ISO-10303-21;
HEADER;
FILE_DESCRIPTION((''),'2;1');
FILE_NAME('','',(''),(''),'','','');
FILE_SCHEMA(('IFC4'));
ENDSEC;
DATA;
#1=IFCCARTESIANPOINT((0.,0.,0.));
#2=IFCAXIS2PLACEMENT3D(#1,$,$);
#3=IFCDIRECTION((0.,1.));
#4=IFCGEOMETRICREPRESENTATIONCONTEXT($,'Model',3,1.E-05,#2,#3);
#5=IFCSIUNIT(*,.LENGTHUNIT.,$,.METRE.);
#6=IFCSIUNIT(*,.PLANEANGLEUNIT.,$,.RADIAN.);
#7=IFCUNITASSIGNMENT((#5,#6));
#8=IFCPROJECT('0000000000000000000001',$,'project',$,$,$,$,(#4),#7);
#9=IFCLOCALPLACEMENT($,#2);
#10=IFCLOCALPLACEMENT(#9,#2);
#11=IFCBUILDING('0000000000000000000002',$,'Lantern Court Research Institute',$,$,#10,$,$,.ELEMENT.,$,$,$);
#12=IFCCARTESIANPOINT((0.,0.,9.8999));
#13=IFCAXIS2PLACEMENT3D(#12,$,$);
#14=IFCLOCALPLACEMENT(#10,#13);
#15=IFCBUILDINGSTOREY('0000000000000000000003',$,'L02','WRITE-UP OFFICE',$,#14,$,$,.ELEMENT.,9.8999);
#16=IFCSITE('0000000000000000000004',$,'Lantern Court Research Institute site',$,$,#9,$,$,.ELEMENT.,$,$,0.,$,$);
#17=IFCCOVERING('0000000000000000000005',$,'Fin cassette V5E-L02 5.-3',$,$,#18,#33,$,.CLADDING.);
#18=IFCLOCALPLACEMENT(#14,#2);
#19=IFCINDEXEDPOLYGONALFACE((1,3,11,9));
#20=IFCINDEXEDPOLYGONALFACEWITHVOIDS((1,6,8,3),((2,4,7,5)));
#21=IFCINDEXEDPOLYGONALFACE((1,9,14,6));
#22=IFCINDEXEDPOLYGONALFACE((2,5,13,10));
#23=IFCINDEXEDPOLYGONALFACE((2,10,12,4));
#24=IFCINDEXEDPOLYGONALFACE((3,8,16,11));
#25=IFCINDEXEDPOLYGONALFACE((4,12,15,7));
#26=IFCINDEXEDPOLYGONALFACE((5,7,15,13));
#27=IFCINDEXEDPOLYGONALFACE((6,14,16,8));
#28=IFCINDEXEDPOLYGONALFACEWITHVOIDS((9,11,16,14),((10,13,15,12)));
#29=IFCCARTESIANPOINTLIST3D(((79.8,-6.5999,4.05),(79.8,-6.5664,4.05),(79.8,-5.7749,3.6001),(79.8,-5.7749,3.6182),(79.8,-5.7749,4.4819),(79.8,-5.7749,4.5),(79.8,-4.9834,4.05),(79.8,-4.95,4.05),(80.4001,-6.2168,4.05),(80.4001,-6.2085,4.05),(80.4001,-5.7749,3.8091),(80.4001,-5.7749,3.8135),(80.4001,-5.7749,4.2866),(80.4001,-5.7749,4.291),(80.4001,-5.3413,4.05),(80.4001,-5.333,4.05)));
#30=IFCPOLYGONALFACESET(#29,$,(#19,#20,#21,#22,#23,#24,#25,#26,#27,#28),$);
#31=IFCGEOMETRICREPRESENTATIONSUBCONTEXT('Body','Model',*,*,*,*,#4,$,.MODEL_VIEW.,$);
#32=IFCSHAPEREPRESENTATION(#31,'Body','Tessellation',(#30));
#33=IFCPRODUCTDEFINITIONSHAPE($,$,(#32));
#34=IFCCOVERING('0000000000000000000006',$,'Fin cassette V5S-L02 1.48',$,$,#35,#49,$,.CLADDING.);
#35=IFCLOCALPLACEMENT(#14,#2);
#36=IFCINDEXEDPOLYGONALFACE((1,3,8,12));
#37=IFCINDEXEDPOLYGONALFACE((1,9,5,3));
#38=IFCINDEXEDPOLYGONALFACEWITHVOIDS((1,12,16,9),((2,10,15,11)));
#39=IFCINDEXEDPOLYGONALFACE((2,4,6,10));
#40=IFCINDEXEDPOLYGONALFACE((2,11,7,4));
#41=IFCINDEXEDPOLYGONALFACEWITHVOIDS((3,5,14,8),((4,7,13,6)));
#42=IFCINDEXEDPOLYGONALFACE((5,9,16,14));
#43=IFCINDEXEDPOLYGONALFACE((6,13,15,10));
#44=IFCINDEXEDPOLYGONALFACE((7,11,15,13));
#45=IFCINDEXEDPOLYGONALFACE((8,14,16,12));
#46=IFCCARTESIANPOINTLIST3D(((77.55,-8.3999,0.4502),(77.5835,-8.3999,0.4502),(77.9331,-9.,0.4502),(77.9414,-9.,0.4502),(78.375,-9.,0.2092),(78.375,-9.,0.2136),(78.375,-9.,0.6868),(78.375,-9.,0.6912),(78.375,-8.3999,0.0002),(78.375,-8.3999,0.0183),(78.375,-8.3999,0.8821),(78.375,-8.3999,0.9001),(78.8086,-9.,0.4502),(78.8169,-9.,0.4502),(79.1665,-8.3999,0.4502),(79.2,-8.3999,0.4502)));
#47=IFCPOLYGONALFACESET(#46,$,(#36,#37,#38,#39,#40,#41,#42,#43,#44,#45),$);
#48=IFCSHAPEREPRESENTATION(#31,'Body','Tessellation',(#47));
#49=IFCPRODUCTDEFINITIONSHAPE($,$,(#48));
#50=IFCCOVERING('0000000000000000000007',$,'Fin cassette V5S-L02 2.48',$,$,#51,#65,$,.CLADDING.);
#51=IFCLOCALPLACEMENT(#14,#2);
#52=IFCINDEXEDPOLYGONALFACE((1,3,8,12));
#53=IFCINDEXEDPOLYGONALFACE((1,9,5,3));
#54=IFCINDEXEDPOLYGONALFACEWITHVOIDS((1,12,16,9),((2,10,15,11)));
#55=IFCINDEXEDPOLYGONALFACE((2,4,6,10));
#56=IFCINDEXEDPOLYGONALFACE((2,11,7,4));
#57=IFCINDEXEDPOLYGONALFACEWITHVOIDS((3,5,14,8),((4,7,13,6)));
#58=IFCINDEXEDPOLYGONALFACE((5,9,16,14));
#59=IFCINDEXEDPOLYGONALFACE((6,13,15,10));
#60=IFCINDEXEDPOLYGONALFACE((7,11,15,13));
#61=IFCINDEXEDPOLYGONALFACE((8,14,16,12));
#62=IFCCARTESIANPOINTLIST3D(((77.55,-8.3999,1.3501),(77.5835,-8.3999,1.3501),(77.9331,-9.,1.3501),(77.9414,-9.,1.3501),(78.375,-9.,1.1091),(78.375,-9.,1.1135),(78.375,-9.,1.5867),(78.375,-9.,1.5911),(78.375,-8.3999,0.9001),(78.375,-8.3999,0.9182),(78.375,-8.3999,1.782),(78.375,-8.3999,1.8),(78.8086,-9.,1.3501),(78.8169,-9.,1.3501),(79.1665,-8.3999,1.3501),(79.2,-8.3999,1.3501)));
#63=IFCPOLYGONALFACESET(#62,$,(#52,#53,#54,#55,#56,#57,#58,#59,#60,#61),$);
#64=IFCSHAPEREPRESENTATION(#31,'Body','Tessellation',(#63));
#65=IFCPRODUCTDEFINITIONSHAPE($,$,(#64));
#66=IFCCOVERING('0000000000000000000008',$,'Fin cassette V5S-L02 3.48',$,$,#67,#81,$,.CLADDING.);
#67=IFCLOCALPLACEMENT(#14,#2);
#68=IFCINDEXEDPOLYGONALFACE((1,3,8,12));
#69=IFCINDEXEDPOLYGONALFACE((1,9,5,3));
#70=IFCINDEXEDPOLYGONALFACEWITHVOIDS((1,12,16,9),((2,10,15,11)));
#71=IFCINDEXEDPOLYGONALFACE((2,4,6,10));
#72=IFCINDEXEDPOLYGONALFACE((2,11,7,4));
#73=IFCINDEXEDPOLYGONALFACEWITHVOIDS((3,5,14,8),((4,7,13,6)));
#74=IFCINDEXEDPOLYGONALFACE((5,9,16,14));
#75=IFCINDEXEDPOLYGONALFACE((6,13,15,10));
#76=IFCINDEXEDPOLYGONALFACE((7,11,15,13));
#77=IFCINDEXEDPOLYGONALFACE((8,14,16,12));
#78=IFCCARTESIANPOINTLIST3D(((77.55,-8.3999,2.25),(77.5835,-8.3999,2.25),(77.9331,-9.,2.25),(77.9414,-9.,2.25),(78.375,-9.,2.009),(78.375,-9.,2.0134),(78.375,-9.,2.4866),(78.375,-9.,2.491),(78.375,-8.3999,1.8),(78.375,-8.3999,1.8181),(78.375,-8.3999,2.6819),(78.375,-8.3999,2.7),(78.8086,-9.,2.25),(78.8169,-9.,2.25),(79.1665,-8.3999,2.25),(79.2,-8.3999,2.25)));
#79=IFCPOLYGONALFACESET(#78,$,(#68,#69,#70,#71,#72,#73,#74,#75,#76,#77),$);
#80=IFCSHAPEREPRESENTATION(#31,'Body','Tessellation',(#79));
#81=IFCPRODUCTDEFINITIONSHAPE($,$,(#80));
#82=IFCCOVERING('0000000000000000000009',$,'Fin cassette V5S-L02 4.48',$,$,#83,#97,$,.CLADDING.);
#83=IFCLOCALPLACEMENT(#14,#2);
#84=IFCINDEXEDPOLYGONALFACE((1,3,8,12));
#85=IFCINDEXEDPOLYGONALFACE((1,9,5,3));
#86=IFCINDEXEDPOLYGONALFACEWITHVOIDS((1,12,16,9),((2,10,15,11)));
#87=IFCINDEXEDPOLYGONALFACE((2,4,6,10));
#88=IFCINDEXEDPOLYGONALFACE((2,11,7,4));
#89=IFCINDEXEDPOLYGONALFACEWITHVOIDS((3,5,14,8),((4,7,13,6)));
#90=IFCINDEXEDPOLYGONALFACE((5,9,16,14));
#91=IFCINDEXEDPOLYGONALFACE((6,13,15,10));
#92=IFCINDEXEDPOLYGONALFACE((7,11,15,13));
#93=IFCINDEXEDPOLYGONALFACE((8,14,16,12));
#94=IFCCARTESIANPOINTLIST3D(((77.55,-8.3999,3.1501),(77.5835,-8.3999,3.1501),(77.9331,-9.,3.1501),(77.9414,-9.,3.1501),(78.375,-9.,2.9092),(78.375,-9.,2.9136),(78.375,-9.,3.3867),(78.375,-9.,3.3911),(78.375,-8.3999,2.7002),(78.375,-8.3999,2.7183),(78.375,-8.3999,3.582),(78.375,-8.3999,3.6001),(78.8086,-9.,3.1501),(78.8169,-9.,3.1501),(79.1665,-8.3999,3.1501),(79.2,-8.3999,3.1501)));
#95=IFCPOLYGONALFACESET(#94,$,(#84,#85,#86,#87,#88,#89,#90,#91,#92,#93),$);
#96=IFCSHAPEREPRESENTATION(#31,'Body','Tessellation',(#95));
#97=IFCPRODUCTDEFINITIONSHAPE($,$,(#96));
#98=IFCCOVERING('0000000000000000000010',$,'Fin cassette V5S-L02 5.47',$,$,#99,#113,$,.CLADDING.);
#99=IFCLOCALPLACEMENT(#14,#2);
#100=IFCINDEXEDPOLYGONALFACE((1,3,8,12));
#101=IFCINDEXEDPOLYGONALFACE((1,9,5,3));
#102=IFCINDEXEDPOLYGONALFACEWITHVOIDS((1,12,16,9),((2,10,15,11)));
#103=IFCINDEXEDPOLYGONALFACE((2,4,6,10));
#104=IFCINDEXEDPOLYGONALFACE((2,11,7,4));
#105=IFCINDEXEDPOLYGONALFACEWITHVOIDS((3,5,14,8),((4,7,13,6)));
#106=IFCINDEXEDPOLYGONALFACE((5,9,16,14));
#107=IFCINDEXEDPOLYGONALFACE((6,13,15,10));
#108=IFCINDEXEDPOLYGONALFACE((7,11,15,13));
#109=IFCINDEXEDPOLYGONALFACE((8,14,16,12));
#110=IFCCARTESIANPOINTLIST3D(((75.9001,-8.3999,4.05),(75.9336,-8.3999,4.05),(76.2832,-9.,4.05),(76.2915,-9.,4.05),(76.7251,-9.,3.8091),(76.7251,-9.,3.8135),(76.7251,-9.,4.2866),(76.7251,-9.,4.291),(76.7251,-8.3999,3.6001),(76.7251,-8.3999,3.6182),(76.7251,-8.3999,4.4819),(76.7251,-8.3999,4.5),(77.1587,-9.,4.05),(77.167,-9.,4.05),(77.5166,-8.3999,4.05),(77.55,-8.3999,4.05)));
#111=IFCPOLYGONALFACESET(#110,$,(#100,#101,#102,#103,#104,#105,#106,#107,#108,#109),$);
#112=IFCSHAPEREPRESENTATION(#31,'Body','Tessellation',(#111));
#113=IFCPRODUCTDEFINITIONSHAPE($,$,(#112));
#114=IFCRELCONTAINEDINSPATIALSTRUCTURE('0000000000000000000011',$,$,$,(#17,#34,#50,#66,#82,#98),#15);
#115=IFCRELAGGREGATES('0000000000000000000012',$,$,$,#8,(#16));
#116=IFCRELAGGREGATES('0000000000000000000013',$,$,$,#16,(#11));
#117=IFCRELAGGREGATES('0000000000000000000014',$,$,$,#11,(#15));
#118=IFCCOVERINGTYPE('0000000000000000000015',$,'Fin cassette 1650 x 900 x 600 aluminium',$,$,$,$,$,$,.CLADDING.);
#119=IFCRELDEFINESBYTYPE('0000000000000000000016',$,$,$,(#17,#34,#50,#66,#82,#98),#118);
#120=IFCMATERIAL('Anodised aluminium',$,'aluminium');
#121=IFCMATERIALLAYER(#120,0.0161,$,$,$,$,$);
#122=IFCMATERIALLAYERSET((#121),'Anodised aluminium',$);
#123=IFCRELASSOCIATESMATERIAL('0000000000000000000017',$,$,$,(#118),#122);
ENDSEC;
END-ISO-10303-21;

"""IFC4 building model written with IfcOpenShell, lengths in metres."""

from ifc_helpers import new_model, entity, si_unit, direction, frame, origin, place, context, subcontext, project, spatial, material, layer, layer_set, type_object, element, save


model = new_model("IFC4")

# Units and contexts
model_context = context("Model", 3, precision=1e-05, world=origin(), true_north=direction((0.0, 1.0)))
body_context = subcontext(model_context, "Body", "Model", "MODEL_VIEW")
ifc_project = project(units=[si_unit("LENGTHUNIT", "METRE"), si_unit("PLANEANGLEUNIT", "RADIAN")], contexts=[model_context])

# Site, building, storey
site_placement = place(None, origin())
site = spatial("IfcSite", under=ifc_project, at=site_placement, Name="Lantern Court Research Institute site", CompositionType="ELEMENT", RefElevation=0.0)
building_placement = place(site_placement, origin())
building = spatial("IfcBuilding", under=site, at=building_placement, Name="Lantern Court Research Institute", CompositionType="ELEMENT")
storey_placement = place(building_placement, frame((0.0, 0.0, 9.8999)))
storey = spatial("IfcBuildingStorey", under=building, at=storey_placement, Name="L02", Description="WRITE-UP OFFICE", CompositionType="ELEMENT", Elevation=9.8999)

# Coverings
ifc_material_1 = material(Name="Anodised aluminium", Category="aluminium")
ifc_layer_1 = layer(ifc_material_1, 0.0161)
ifc_layer_set_1 = layer_set([ifc_layer_1], Name="Anodised aluminium")
covering_type = type_object("IfcCoveringType", Name="Fin cassette 1650 x 900 x 600 aluminium", PredefinedType="CLADDING", material=ifc_layer_set_1)
covering_1_placement = place(storey_placement, frame((79.8, -5.7749, 4.05), z_axis=(1.0, 0.0, 0.0), x_axis=(0.0, 1.0, 0.0)))
cartesian_point_1 = entity("IfcCartesianPoint", [0.825, 0.0])
cartesian_point_2 = entity("IfcCartesianPoint", [0.7915, 0.0])
cartesian_point_3 = entity("IfcCartesianPoint", [0.4419, 0.0])
cartesian_point_4 = entity("IfcCartesianPoint", [0.4336, 0.0])
element("IfcCovering", 1, at=covering_1_placement, inside=storey, type_object=covering_type, Name="Fin cassette V5E-L02 5.-3", PredefinedType="CLADDING", context=body_context, shape_type="SweptSolid", body=[
    entity("IfcExtrudedAreaSolidTapered", entity("IfcArbitraryProfileDefWithVoids", "AREA", None, entity("IfcPolyline", [cartesian_point_1, entity("IfcCartesianPoint", [0.0, 0.45]), entity("IfcCartesianPoint", [-0.825, 0.0]), entity("IfcCartesianPoint", [0.0, -0.45]), cartesian_point_1]), [entity("IfcPolyline", [cartesian_point_2, entity("IfcCartesianPoint", [0.0, 0.4319]), entity("IfcCartesianPoint", [-0.7915, 0.0]), entity("IfcCartesianPoint", [0.0, -0.4319]), cartesian_point_2])]), entity("IfcAxis2Placement3D", entity("IfcCartesianPoint", [0.0, 0.0, 0.0])), entity("IfcDirection", [0.0, 0.0, 1.0]), 0.6001, entity("IfcArbitraryProfileDefWithVoids", "AREA", None, entity("IfcPolyline", [cartesian_point_3, entity("IfcCartesianPoint", [0.0, 0.241]), entity("IfcCartesianPoint", [-0.4419, 0.0]), entity("IfcCartesianPoint", [0.0, -0.241]), cartesian_point_3]), [entity("IfcPolyline", [cartesian_point_4, entity("IfcCartesianPoint", [0.0, 0.2366]), entity("IfcCartesianPoint", [-0.4336, 0.0]), entity("IfcCartesianPoint", [0.0, -0.2366]), cartesian_point_4])])),
])
covering_2_placement = place(storey_placement, frame((78.375, -8.3999, 0.4502), z_axis=(0.0, -1.0, 0.0), x_axis=(1.0, 0.0, 0.0)))
cartesian_point_5 = entity("IfcCartesianPoint", [0.825, 0.0])
cartesian_point_6 = entity("IfcCartesianPoint", [0.7915, 0.0])
cartesian_point_7 = entity("IfcCartesianPoint", [0.4419, 0.0])
cartesian_point_8 = entity("IfcCartesianPoint", [0.4336, 0.0])
element("IfcCovering", 2, at=covering_2_placement, inside=storey, type_object=covering_type, Name="Fin cassette V5S-L02 1.48", PredefinedType="CLADDING", context=body_context, shape_type="SweptSolid", body=[
    entity("IfcExtrudedAreaSolidTapered", entity("IfcArbitraryProfileDefWithVoids", "AREA", None, entity("IfcPolyline", [cartesian_point_5, entity("IfcCartesianPoint", [0.0, 0.45]), entity("IfcCartesianPoint", [-0.825, 0.0]), entity("IfcCartesianPoint", [0.0, -0.45]), cartesian_point_5]), [entity("IfcPolyline", [cartesian_point_6, entity("IfcCartesianPoint", [0.0, 0.4319]), entity("IfcCartesianPoint", [-0.7915, 0.0]), entity("IfcCartesianPoint", [0.0, -0.4319]), cartesian_point_6])]), entity("IfcAxis2Placement3D", entity("IfcCartesianPoint", [0.0, 0.0, 0.0])), entity("IfcDirection", [0.0, 0.0, 1.0]), 0.6001, entity("IfcArbitraryProfileDefWithVoids", "AREA", None, entity("IfcPolyline", [cartesian_point_7, entity("IfcCartesianPoint", [0.0, 0.241]), entity("IfcCartesianPoint", [-0.4419, 0.0]), entity("IfcCartesianPoint", [0.0, -0.241]), cartesian_point_7]), [entity("IfcPolyline", [cartesian_point_8, entity("IfcCartesianPoint", [0.0, 0.2366]), entity("IfcCartesianPoint", [-0.4336, 0.0]), entity("IfcCartesianPoint", [0.0, -0.2366]), cartesian_point_8])])),
])
covering_3_placement = place(storey_placement, frame((78.375, -8.3999, 1.3501), z_axis=(0.0, -1.0, 0.0), x_axis=(1.0, 0.0, 0.0)))
cartesian_point_9 = entity("IfcCartesianPoint", [0.825, 0.0])
cartesian_point_10 = entity("IfcCartesianPoint", [0.7915, 0.0])
cartesian_point_11 = entity("IfcCartesianPoint", [0.4419, 0.0])
cartesian_point_12 = entity("IfcCartesianPoint", [0.4336, 0.0])
element("IfcCovering", 3, at=covering_3_placement, inside=storey, type_object=covering_type, Name="Fin cassette V5S-L02 2.48", PredefinedType="CLADDING", context=body_context, shape_type="SweptSolid", body=[
    entity("IfcExtrudedAreaSolidTapered", entity("IfcArbitraryProfileDefWithVoids", "AREA", None, entity("IfcPolyline", [cartesian_point_9, entity("IfcCartesianPoint", [0.0, 0.45]), entity("IfcCartesianPoint", [-0.825, 0.0]), entity("IfcCartesianPoint", [0.0, -0.45]), cartesian_point_9]), [entity("IfcPolyline", [cartesian_point_10, entity("IfcCartesianPoint", [0.0, 0.4319]), entity("IfcCartesianPoint", [-0.7915, 0.0]), entity("IfcCartesianPoint", [0.0, -0.4319]), cartesian_point_10])]), entity("IfcAxis2Placement3D", entity("IfcCartesianPoint", [0.0, 0.0, 0.0])), entity("IfcDirection", [0.0, 0.0, 1.0]), 0.6001, entity("IfcArbitraryProfileDefWithVoids", "AREA", None, entity("IfcPolyline", [cartesian_point_11, entity("IfcCartesianPoint", [0.0, 0.241]), entity("IfcCartesianPoint", [-0.4419, 0.0]), entity("IfcCartesianPoint", [0.0, -0.241]), cartesian_point_11]), [entity("IfcPolyline", [cartesian_point_12, entity("IfcCartesianPoint", [0.0, 0.2366]), entity("IfcCartesianPoint", [-0.4336, 0.0]), entity("IfcCartesianPoint", [0.0, -0.2366]), cartesian_point_12])])),
])
covering_4_placement = place(storey_placement, frame((78.375, -8.3999, 2.25), z_axis=(0.0, -1.0, 0.0), x_axis=(1.0, 0.0, 0.0)))
cartesian_point_13 = entity("IfcCartesianPoint", [0.825, 0.0])
cartesian_point_14 = entity("IfcCartesianPoint", [0.7915, 0.0])
cartesian_point_15 = entity("IfcCartesianPoint", [0.4419, 0.0])
cartesian_point_16 = entity("IfcCartesianPoint", [0.4336, 0.0])
element("IfcCovering", 4, at=covering_4_placement, inside=storey, type_object=covering_type, Name="Fin cassette V5S-L02 3.48", PredefinedType="CLADDING", context=body_context, shape_type="SweptSolid", body=[
    entity("IfcExtrudedAreaSolidTapered", entity("IfcArbitraryProfileDefWithVoids", "AREA", None, entity("IfcPolyline", [cartesian_point_13, entity("IfcCartesianPoint", [0.0, 0.45]), entity("IfcCartesianPoint", [-0.825, 0.0]), entity("IfcCartesianPoint", [0.0, -0.45]), cartesian_point_13]), [entity("IfcPolyline", [cartesian_point_14, entity("IfcCartesianPoint", [0.0, 0.4319]), entity("IfcCartesianPoint", [-0.7915, 0.0]), entity("IfcCartesianPoint", [0.0, -0.4319]), cartesian_point_14])]), entity("IfcAxis2Placement3D", entity("IfcCartesianPoint", [0.0, 0.0, 0.0])), entity("IfcDirection", [0.0, 0.0, 1.0]), 0.6001, entity("IfcArbitraryProfileDefWithVoids", "AREA", None, entity("IfcPolyline", [cartesian_point_15, entity("IfcCartesianPoint", [0.0, 0.241]), entity("IfcCartesianPoint", [-0.4419, 0.0]), entity("IfcCartesianPoint", [0.0, -0.241]), cartesian_point_15]), [entity("IfcPolyline", [cartesian_point_16, entity("IfcCartesianPoint", [0.0, 0.2366]), entity("IfcCartesianPoint", [-0.4336, 0.0]), entity("IfcCartesianPoint", [0.0, -0.2366]), cartesian_point_16])])),
])
covering_5_placement = place(storey_placement, frame((78.375, -8.3999, 3.1501), z_axis=(0.0, -1.0, 0.0), x_axis=(1.0, 0.0, 0.0)))
cartesian_point_17 = entity("IfcCartesianPoint", [0.825, 0.0])
cartesian_point_18 = entity("IfcCartesianPoint", [0.7915, 0.0])
cartesian_point_19 = entity("IfcCartesianPoint", [0.4419, 0.0])
cartesian_point_20 = entity("IfcCartesianPoint", [0.4336, 0.0])
element("IfcCovering", 5, at=covering_5_placement, inside=storey, type_object=covering_type, Name="Fin cassette V5S-L02 4.48", PredefinedType="CLADDING", context=body_context, shape_type="SweptSolid", body=[
    entity("IfcExtrudedAreaSolidTapered", entity("IfcArbitraryProfileDefWithVoids", "AREA", None, entity("IfcPolyline", [cartesian_point_17, entity("IfcCartesianPoint", [0.0, 0.45]), entity("IfcCartesianPoint", [-0.825, 0.0]), entity("IfcCartesianPoint", [0.0, -0.45]), cartesian_point_17]), [entity("IfcPolyline", [cartesian_point_18, entity("IfcCartesianPoint", [0.0, 0.4319]), entity("IfcCartesianPoint", [-0.7915, 0.0]), entity("IfcCartesianPoint", [0.0, -0.4319]), cartesian_point_18])]), entity("IfcAxis2Placement3D", entity("IfcCartesianPoint", [0.0, 0.0, 0.0])), entity("IfcDirection", [0.0, 0.0, 1.0]), 0.6001, entity("IfcArbitraryProfileDefWithVoids", "AREA", None, entity("IfcPolyline", [cartesian_point_19, entity("IfcCartesianPoint", [0.0, 0.241]), entity("IfcCartesianPoint", [-0.4419, 0.0]), entity("IfcCartesianPoint", [0.0, -0.241]), cartesian_point_19]), [entity("IfcPolyline", [cartesian_point_20, entity("IfcCartesianPoint", [0.0, 0.2366]), entity("IfcCartesianPoint", [-0.4336, 0.0]), entity("IfcCartesianPoint", [0.0, -0.2366]), cartesian_point_20])])),
])
covering_6_placement = place(storey_placement, frame((76.7251, -8.3999, 4.05), z_axis=(0.0, -1.0, 0.0), x_axis=(1.0, 0.0, 0.0)))
cartesian_point_21 = entity("IfcCartesianPoint", [0.825, 0.0])
cartesian_point_22 = entity("IfcCartesianPoint", [0.7915, 0.0])
cartesian_point_23 = entity("IfcCartesianPoint", [0.4419, 0.0])
cartesian_point_24 = entity("IfcCartesianPoint", [0.4336, 0.0])
element("IfcCovering", 6, at=covering_6_placement, inside=storey, type_object=covering_type, Name="Fin cassette V5S-L02 5.47", PredefinedType="CLADDING", context=body_context, shape_type="SweptSolid", body=[
    entity("IfcExtrudedAreaSolidTapered", entity("IfcArbitraryProfileDefWithVoids", "AREA", None, entity("IfcPolyline", [cartesian_point_21, entity("IfcCartesianPoint", [0.0, 0.45]), entity("IfcCartesianPoint", [-0.825, 0.0]), entity("IfcCartesianPoint", [0.0, -0.45]), cartesian_point_21]), [entity("IfcPolyline", [cartesian_point_22, entity("IfcCartesianPoint", [0.0, 0.4319]), entity("IfcCartesianPoint", [-0.7915, 0.0]), entity("IfcCartesianPoint", [0.0, -0.4319]), cartesian_point_22])]), entity("IfcAxis2Placement3D", entity("IfcCartesianPoint", [0.0, 0.0, 0.0])), entity("IfcDirection", [0.0, 0.0, 1.0]), 0.6001, entity("IfcArbitraryProfileDefWithVoids", "AREA", None, entity("IfcPolyline", [cartesian_point_23, entity("IfcCartesianPoint", [0.0, 0.241]), entity("IfcCartesianPoint", [-0.4419, 0.0]), entity("IfcCartesianPoint", [0.0, -0.241]), cartesian_point_23]), [entity("IfcPolyline", [cartesian_point_24, entity("IfcCartesianPoint", [0.0, 0.2366]), entity("IfcCartesianPoint", [-0.4336, 0.0]), entity("IfcCartesianPoint", [0.0, -0.2366]), cartesian_point_24])])),
])

save(model, "model.ifc")
